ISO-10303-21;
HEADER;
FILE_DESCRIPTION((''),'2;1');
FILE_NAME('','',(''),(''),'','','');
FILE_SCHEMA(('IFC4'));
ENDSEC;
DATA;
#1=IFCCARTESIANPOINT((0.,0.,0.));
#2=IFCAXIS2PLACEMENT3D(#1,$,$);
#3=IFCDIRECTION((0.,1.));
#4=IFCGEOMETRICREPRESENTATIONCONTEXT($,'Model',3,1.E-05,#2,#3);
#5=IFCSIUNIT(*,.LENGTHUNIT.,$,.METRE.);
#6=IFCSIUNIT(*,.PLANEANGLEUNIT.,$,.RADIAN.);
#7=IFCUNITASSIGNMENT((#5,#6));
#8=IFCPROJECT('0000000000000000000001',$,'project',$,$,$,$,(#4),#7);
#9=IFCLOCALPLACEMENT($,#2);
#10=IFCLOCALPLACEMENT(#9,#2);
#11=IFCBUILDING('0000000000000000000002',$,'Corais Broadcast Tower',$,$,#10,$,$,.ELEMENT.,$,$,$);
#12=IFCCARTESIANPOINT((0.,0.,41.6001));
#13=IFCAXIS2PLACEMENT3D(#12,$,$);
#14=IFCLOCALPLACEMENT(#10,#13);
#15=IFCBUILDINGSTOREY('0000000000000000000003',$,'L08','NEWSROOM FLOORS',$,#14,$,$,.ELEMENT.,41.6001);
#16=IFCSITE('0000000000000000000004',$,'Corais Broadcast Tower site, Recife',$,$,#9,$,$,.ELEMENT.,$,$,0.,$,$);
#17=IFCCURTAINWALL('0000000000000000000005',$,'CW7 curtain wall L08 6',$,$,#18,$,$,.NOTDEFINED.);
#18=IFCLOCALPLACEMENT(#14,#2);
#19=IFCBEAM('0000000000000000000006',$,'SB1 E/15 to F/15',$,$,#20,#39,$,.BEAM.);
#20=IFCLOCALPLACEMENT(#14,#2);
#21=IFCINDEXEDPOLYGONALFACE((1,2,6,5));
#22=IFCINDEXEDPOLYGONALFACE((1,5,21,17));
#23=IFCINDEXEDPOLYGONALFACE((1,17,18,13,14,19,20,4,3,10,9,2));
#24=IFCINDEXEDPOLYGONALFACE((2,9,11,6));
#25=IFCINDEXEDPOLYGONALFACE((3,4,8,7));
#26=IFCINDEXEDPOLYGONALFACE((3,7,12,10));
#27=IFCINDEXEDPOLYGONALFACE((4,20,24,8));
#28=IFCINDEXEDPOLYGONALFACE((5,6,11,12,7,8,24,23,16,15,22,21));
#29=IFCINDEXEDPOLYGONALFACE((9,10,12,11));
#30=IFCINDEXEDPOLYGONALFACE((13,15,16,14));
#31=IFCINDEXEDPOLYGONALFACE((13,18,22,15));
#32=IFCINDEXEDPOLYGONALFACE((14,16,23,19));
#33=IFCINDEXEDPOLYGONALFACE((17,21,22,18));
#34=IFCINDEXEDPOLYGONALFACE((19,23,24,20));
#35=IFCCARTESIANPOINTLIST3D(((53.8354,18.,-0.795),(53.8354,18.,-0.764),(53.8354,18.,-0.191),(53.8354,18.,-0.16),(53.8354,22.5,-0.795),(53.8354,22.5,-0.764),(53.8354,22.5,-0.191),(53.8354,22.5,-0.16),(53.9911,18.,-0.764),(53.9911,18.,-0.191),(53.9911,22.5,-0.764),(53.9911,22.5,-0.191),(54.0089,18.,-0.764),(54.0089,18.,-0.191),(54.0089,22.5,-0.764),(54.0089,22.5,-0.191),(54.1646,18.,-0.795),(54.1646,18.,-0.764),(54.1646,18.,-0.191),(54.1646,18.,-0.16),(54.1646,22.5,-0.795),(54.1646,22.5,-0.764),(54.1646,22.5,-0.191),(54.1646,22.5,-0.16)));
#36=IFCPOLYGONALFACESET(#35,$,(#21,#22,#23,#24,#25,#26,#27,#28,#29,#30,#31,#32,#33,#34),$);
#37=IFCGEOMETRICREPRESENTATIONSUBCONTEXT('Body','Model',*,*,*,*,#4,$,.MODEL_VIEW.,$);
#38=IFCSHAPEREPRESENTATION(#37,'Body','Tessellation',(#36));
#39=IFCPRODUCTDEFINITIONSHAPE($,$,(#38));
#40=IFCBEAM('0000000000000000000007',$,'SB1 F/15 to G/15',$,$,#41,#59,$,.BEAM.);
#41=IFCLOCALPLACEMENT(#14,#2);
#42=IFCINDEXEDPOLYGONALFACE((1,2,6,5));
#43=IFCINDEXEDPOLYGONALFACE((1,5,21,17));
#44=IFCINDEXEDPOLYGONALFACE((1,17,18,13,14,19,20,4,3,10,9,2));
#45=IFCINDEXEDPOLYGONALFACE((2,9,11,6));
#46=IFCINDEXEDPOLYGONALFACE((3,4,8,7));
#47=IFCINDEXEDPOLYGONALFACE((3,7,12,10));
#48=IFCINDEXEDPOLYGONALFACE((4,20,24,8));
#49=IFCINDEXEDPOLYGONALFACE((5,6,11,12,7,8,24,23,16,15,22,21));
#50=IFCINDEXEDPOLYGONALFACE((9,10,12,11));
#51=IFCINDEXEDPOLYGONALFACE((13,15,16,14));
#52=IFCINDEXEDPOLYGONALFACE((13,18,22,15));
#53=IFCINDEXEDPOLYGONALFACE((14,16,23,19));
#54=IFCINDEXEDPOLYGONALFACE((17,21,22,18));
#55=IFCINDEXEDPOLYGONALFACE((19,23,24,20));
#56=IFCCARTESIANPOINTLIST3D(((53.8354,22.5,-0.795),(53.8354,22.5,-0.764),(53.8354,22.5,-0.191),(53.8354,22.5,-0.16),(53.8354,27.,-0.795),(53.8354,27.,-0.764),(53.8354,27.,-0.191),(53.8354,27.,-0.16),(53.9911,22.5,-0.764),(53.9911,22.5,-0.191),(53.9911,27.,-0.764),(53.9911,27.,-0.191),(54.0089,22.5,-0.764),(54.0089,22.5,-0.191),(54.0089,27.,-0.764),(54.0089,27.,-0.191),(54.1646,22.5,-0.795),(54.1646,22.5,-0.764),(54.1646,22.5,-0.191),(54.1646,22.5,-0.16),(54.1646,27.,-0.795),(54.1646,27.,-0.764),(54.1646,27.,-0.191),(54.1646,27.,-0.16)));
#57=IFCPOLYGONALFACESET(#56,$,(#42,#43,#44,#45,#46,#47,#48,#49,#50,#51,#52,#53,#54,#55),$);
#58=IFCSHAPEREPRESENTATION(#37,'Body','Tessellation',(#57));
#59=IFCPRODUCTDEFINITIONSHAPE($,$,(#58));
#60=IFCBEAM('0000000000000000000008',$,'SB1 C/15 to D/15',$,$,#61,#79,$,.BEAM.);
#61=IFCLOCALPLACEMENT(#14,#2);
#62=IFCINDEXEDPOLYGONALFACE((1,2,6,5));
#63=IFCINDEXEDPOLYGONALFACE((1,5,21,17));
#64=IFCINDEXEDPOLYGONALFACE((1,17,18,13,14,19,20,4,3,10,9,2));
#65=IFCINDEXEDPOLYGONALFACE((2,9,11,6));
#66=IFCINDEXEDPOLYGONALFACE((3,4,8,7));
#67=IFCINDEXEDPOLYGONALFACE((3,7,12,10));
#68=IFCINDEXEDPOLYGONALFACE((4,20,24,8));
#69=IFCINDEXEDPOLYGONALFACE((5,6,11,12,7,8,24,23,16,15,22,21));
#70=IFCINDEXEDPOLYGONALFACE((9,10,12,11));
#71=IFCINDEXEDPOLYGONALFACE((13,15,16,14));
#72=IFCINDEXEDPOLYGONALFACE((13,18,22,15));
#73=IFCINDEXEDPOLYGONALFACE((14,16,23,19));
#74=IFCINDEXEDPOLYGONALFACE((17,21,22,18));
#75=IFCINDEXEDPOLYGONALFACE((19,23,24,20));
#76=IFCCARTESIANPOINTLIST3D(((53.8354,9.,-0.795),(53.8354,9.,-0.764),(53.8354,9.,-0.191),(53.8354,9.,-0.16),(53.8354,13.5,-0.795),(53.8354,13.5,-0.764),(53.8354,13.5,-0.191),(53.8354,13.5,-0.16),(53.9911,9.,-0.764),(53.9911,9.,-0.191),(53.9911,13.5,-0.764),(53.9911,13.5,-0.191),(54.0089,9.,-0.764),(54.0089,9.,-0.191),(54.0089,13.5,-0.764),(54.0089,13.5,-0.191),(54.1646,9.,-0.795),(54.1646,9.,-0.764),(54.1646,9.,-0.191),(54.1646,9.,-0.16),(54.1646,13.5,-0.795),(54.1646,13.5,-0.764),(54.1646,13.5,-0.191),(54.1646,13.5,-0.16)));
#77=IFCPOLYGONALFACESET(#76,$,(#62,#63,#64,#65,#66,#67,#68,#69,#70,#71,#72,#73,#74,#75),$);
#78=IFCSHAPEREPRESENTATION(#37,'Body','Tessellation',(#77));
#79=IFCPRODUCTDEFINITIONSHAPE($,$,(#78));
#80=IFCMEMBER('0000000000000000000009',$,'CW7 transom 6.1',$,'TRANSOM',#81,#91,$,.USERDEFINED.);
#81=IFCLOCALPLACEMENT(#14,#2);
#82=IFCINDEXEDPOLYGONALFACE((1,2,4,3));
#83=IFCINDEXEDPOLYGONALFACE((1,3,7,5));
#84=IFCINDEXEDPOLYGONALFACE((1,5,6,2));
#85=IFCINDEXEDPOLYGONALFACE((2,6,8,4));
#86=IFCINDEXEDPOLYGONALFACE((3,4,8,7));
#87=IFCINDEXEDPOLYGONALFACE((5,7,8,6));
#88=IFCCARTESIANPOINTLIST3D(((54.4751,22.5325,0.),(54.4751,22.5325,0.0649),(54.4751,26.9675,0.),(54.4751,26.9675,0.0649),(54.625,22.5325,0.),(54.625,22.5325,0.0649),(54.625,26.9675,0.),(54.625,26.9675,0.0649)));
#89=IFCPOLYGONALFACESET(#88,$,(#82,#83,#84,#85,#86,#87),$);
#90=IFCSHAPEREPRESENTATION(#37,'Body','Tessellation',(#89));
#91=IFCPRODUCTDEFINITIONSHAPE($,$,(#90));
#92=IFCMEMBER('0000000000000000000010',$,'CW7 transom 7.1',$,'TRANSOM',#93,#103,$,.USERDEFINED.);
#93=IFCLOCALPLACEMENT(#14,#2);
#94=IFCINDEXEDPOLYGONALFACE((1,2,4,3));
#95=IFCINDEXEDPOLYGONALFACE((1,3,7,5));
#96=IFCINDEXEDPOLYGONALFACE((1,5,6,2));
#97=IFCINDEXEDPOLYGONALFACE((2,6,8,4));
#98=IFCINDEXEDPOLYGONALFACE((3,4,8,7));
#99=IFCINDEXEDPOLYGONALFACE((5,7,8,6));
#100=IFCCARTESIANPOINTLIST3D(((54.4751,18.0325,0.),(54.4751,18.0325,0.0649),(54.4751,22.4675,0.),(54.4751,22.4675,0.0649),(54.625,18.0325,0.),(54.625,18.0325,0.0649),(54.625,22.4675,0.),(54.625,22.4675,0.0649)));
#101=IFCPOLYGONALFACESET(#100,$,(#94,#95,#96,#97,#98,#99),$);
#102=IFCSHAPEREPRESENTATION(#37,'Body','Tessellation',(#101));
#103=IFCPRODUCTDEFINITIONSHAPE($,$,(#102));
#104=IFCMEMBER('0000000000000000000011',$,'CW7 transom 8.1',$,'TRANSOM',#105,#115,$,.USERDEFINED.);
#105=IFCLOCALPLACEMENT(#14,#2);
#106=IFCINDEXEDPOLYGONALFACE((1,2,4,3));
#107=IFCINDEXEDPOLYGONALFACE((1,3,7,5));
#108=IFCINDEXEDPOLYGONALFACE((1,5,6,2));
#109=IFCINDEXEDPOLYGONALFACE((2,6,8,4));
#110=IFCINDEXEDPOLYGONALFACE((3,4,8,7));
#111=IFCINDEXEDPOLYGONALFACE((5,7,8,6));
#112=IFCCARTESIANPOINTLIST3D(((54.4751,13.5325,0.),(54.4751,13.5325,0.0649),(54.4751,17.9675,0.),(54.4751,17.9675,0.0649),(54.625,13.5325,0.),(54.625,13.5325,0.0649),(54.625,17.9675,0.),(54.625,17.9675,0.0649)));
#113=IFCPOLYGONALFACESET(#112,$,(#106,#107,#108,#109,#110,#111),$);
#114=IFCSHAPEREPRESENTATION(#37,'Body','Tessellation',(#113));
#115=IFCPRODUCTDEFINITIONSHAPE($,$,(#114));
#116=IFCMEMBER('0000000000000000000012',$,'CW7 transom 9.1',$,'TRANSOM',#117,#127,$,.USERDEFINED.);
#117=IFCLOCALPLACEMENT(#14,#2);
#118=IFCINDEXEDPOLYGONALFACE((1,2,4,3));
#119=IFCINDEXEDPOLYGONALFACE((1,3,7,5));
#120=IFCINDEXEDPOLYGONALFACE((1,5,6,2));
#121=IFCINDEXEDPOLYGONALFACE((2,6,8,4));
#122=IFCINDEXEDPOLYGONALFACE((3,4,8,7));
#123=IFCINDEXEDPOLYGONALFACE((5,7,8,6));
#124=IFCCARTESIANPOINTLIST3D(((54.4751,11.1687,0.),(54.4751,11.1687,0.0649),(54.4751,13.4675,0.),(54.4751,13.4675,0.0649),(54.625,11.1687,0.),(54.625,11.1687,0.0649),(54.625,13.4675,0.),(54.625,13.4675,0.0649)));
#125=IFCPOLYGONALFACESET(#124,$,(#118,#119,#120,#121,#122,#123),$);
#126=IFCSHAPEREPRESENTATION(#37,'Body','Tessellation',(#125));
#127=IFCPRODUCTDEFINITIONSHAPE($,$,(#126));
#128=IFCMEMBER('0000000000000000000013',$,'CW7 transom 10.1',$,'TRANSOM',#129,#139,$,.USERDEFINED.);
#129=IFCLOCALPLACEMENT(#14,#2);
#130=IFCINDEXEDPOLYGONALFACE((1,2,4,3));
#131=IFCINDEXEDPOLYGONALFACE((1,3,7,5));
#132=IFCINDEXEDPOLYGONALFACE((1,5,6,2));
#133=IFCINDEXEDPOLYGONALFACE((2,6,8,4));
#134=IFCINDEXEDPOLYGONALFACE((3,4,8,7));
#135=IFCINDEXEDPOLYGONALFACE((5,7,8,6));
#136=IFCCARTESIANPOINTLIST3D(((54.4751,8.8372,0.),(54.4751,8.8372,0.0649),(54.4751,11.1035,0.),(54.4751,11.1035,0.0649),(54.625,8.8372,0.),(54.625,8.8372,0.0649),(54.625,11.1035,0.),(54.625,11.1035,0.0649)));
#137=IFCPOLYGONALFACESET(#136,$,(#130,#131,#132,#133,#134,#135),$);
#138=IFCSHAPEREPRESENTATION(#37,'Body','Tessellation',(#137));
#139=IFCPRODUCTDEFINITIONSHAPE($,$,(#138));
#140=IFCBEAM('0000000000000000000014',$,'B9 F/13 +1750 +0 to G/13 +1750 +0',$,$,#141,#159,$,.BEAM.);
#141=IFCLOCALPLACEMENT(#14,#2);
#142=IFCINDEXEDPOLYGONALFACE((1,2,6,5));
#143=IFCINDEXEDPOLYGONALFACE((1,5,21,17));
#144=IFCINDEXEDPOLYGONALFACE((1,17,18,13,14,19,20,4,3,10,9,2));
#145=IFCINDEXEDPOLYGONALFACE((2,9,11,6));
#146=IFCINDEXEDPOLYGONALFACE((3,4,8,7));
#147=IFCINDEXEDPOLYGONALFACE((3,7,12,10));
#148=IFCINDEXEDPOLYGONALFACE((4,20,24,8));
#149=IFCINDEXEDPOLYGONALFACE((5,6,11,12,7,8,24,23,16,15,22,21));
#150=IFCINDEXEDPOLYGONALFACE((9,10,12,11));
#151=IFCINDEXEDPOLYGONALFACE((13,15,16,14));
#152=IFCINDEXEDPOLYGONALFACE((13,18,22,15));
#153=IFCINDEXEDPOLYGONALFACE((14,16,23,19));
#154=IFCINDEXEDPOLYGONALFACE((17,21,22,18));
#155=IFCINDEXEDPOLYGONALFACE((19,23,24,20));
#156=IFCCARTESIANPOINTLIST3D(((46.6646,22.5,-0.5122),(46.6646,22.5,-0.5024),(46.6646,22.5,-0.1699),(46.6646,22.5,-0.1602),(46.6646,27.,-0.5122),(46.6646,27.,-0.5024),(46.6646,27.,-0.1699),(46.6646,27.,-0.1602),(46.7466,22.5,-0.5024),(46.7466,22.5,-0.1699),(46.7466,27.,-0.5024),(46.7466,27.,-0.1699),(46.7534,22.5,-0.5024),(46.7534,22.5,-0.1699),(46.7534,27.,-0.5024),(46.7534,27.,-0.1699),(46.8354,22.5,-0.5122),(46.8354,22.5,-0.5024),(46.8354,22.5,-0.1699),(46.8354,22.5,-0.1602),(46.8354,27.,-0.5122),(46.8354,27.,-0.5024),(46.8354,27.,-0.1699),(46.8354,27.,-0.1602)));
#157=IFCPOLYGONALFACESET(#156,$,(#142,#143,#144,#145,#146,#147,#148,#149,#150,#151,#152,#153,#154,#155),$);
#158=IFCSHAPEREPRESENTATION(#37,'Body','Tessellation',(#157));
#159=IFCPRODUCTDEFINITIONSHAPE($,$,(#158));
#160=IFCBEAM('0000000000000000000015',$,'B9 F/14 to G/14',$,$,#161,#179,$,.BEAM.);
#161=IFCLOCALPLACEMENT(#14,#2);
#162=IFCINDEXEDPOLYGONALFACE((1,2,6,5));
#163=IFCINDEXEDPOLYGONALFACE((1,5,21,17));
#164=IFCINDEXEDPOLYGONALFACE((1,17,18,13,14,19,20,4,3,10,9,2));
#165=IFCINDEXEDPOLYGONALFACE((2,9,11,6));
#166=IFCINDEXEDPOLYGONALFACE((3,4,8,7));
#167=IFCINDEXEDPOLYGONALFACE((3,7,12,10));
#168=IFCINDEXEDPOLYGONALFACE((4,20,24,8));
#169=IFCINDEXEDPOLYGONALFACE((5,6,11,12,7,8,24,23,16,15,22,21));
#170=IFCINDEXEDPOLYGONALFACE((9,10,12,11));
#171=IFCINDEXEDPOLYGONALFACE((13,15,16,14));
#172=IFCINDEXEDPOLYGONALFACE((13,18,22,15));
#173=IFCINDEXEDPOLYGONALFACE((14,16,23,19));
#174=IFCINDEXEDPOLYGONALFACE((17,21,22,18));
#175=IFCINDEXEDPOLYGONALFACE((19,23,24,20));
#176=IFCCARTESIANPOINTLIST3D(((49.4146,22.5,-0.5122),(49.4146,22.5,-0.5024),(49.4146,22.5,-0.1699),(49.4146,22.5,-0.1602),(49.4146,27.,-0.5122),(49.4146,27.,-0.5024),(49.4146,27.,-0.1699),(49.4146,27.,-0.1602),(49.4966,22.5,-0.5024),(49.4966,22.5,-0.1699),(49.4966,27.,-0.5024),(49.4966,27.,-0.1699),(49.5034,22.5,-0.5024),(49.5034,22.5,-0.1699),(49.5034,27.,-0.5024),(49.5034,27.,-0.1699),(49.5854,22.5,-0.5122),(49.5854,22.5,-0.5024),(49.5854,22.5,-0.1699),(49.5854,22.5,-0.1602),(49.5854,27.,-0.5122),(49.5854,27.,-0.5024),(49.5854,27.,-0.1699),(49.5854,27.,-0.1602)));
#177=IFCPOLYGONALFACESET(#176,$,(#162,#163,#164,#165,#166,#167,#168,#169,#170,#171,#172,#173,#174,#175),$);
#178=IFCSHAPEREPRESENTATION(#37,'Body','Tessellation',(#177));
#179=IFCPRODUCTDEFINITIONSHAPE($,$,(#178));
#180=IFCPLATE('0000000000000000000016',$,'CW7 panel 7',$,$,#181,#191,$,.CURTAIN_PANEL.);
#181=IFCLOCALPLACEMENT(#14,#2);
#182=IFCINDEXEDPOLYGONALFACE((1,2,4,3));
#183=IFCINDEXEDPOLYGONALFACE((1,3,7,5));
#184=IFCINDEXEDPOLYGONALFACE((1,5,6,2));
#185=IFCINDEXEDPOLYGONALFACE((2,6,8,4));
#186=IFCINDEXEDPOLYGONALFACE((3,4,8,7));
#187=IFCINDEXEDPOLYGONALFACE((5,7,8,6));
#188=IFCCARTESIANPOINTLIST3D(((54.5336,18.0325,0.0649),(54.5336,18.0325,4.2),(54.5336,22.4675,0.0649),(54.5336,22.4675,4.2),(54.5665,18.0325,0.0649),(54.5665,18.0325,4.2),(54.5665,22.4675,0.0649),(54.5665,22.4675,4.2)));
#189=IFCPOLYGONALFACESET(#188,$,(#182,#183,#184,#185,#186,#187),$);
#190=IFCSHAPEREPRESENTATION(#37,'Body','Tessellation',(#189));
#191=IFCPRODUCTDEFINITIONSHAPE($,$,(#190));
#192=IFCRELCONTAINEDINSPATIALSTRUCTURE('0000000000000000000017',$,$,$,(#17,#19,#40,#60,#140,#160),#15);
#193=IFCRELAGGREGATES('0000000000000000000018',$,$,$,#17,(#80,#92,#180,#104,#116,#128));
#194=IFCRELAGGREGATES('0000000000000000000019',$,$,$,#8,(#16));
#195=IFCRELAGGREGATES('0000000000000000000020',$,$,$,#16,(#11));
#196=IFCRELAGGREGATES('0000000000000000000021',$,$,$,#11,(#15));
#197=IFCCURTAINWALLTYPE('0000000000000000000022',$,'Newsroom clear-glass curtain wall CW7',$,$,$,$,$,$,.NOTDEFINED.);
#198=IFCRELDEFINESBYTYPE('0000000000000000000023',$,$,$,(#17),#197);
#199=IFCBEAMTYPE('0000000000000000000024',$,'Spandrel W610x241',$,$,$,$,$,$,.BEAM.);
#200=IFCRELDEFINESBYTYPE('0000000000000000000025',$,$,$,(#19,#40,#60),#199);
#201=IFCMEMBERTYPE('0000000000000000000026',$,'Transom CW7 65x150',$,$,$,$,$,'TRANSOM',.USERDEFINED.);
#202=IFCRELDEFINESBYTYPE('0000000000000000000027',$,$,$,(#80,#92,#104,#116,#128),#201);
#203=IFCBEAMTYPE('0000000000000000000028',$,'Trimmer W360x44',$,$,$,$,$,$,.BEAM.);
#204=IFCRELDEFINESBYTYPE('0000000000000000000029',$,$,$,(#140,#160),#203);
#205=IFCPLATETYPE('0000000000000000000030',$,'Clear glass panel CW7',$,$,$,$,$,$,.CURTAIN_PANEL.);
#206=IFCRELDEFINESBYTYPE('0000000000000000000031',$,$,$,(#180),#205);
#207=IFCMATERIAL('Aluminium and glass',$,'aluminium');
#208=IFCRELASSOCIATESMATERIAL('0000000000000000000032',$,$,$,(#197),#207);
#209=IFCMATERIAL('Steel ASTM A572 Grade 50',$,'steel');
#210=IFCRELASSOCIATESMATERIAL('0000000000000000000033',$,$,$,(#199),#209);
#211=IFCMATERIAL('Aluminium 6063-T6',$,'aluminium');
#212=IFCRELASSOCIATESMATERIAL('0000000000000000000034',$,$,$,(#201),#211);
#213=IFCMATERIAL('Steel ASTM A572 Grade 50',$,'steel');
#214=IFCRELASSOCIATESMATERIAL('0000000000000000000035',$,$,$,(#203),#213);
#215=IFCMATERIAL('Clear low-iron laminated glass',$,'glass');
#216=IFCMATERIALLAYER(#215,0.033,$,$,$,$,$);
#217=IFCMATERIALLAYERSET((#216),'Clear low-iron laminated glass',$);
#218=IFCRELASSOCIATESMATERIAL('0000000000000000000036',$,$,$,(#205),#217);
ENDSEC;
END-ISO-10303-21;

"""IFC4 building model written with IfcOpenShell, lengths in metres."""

from ifc_helpers import new_model, si_unit, direction, frame, origin, origin_2d, place, context, subcontext, project, spatial, rectangle, i_section, extrude, material, layer, layer_set, material_profile, profile_set, type_object, element, aggregate, save


model = new_model("IFC4")

# Units and contexts
model_context = context("Model", 3, precision=1e-05, world=origin(), true_north=direction((0.0, 1.0)))
body_context = subcontext(model_context, "Body", "Model", "MODEL_VIEW")
ifc_project = project(units=[si_unit("LENGTHUNIT", "METRE"), si_unit("PLANEANGLEUNIT", "RADIAN")], contexts=[model_context])

# Site, building, storey
site_placement = place(None, origin())
site = spatial("IfcSite", under=ifc_project, at=site_placement, Name="Corais Broadcast Tower site, Recife", CompositionType="ELEMENT", RefElevation=0.0)
building_placement = place(site_placement, origin())
building = spatial("IfcBuilding", under=site, at=building_placement, Name="Corais Broadcast Tower", CompositionType="ELEMENT")
storey_placement = place(building_placement, frame((0.0, 0.0, 41.6001)))
storey = spatial("IfcBuildingStorey", under=building, at=storey_placement, Name="L08", Description="NEWSROOM FLOORS", CompositionType="ELEMENT", Elevation=41.6001)

# Curtain wall
ifc_material_1 = material(Name="Aluminium and glass", Category="aluminium")
curtain_wall_type = type_object("IfcCurtainWallType", Name="Newsroom clear-glass curtain wall CW7", PredefinedType="NOTDEFINED", material=ifc_material_1)
curtain_wall_placement = place(storey_placement, origin())
curtain_wall = element("IfcCurtainWall", 1, at=curtain_wall_placement, inside=storey, type_object=curtain_wall_type, Name="CW7 curtain wall L08 6", PredefinedType="NOTDEFINED")

# Beams
ifc_material_2 = material(Name="Steel ASTM A572 Grade 50", Category="steel")
ifc_material_profile_1 = material_profile(ifc_material_2, i_section(OverallWidth=0.3291, OverallDepth=0.635, WebThickness=0.0178, FlangeThickness=0.031, at=origin_2d()), Name="W610x241")
ifc_profile_set_1 = profile_set([ifc_material_profile_1], Name="Steel ASTM A572 Grade 50")
beam_type_1 = type_object("IfcBeamType", Name="Spandrel W610x241", PredefinedType="BEAM", material=ifc_profile_set_1)
for number, where, z_axis, x_axis, name in (
    (2, (54.0, 18.0, -0.4775), (0.0, 1.0, 0.0), (-1.0, 0.0, 0.0), "SB1 E/15 to F/15"),
    (3, (54.0, 22.5, -0.4775), (0.0, 1.0, 0.0), (-1.0, 0.0, 0.0), "SB1 F/15 to G/15"),
    (4, (54.0, 9.0, -0.4775), (0.0, 1.0, 0.0), (-1.0, 0.0, 0.0), "SB1 C/15 to D/15"),
):
    element("IfcBeam", number, at=place(storey_placement, frame(where, z_axis=z_axis, x_axis=x_axis)), inside=storey, type_object=beam_type_1, Name=name, PredefinedType="BEAM", context=body_context, shape_type="SweptSolid", body=[
        extrude(i_section(OverallWidth=0.3291, OverallDepth=0.635, WebThickness=0.0178, FlangeThickness=0.031, at=origin_2d()), origin(), (0.0, 0.0, 1.0), 4.5),
    ])

# Members
ifc_material_3 = material(Name="Aluminium 6063-T6", Category="aluminium")
ifc_material_profile_2 = material_profile(ifc_material_3, rectangle(XDim=0.1499, YDim=0.0649, at=origin_2d()), Name="Transom CW7 65x150")
ifc_profile_set_2 = profile_set([ifc_material_profile_2], Name="Aluminium 6063-T6")
member_type_1 = type_object("IfcMemberType", Name="Transom CW7 65x150", ElementType="TRANSOM", PredefinedType="USERDEFINED", material=ifc_profile_set_2)
member_1_placement = place(storey_placement, frame((54.55, 26.9675, 0.0325), z_axis=(0.0, -1.0, 0.0), x_axis=(1.0, 0.0, 0.0)))
member_1 = element("IfcMember", 5, at=member_1_placement, type_object=member_type_1, Name="CW7 transom 6.1", ObjectType="TRANSOM", PredefinedType="USERDEFINED", context=body_context, shape_type="SweptSolid", body=[
    extrude(rectangle(XDim=0.1499, YDim=0.0649, at=origin_2d()), origin(), (0.0, 0.0, 1.0), 4.4351),
])
member_2_placement = place(storey_placement, frame((54.55, 22.4675, 0.0325), z_axis=(0.0, -1.0, 0.0), x_axis=(1.0, 0.0, 0.0)))
member_2 = element("IfcMember", 6, at=member_2_placement, type_object=member_type_1, Name="CW7 transom 7.1", ObjectType="TRANSOM", PredefinedType="USERDEFINED", context=body_context, shape_type="SweptSolid", body=[
    extrude(rectangle(XDim=0.1499, YDim=0.0649, at=origin_2d()), origin(), (0.0, 0.0, 1.0), 4.4351),
])
member_3_placement = place(storey_placement, frame((54.55, 17.9675, 0.0325), z_axis=(0.0, -1.0, 0.0), x_axis=(1.0, 0.0, 0.0)))
member_3 = element("IfcMember", 7, at=member_3_placement, type_object=member_type_1, Name="CW7 transom 8.1", ObjectType="TRANSOM", PredefinedType="USERDEFINED", context=body_context, shape_type="SweptSolid", body=[
    extrude(rectangle(XDim=0.1499, YDim=0.0649, at=origin_2d()), origin(), (0.0, 0.0, 1.0), 4.4351),
])
member_4_placement = place(storey_placement, frame((54.55, 13.4675, 0.0325), z_axis=(0.0, -1.0, 0.0), x_axis=(1.0, 0.0, 0.0)))
member_4 = element("IfcMember", 8, at=member_4_placement, type_object=member_type_1, Name="CW7 transom 9.1", ObjectType="TRANSOM", PredefinedType="USERDEFINED", context=body_context, shape_type="SweptSolid", body=[
    extrude(rectangle(XDim=0.1499, YDim=0.0649, at=origin_2d()), origin(), (0.0, 0.0, 1.0), 2.2988),
])
member_5_placement = place(storey_placement, frame((54.55, 11.1035, 0.0325), z_axis=(0.0, -1.0, 0.0), x_axis=(1.0, 0.0, 0.0)))
member_5 = element("IfcMember", 9, at=member_5_placement, type_object=member_type_1, Name="CW7 transom 10.1", ObjectType="TRANSOM", PredefinedType="USERDEFINED", context=body_context, shape_type="SweptSolid", body=[
    extrude(rectangle(XDim=0.1499, YDim=0.0649, at=origin_2d()), origin(), (0.0, 0.0, 1.0), 2.2664),
])

# Beams
ifc_material_4 = material(Name="Steel ASTM A572 Grade 50", Category="steel")
ifc_material_profile_3 = material_profile(ifc_material_4, i_section(OverallWidth=0.1709, OverallDepth=0.3521, WebThickness=0.0068, FlangeThickness=0.0098, at=origin_2d()), Name="W360x44")
ifc_profile_set_3 = profile_set([ifc_material_profile_3], Name="Steel ASTM A572 Grade 50")
beam_type_2 = type_object("IfcBeamType", Name="Trimmer W360x44", PredefinedType="BEAM", material=ifc_profile_set_3)
for number, where, z_axis, x_axis, name in (
    (10, (46.75, 22.5, -0.3362), (0.0, 1.0, 0.0), (-1.0, 0.0, 0.0), "B9 F/13 +1750 +0 to G/13 +1750 +0"),
    (11, (49.5, 22.5, -0.3362), (0.0, 1.0, 0.0), (-1.0, 0.0, 0.0), "B9 F/14 to G/14"),
):
    element("IfcBeam", number, at=place(storey_placement, frame(where, z_axis=z_axis, x_axis=x_axis)), inside=storey, type_object=beam_type_2, Name=name, PredefinedType="BEAM", context=body_context, shape_type="SweptSolid", body=[
        extrude(i_section(OverallWidth=0.1709, OverallDepth=0.3521, WebThickness=0.0068, FlangeThickness=0.0098, at=origin_2d()), origin(), (0.0, 0.0, 1.0), 4.5),
    ])

# Plate
ifc_material_5 = material(Name="Clear low-iron laminated glass", Category="glass")
ifc_layer_1 = layer(ifc_material_5, 0.033)
ifc_layer_set_1 = layer_set([ifc_layer_1], Name="Clear low-iron laminated glass")
plate_type_1 = type_object("IfcPlateType", Name="Clear glass panel CW7", PredefinedType="CURTAIN_PANEL", material=ifc_layer_set_1)
plate_1_placement = place(storey_placement, frame((54.55, 20.25, 0.0649), z_axis=(0.0, 0.0, 1.0), x_axis=(0.0, -1.0, 0.0)))
plate_1 = element("IfcPlate", 12, at=plate_1_placement, type_object=plate_type_1, Name="CW7 panel 7", PredefinedType="CURTAIN_PANEL", context=body_context, shape_type="SweptSolid", body=[
    extrude(rectangle(XDim=4.4351, YDim=0.033, at=origin_2d()), origin(), (0.0, 0.0, 1.0), 4.135),
])
aggregate(curtain_wall, [member_1, member_2, plate_1, member_3, member_4, member_5])

save(model, "model.ifc")
